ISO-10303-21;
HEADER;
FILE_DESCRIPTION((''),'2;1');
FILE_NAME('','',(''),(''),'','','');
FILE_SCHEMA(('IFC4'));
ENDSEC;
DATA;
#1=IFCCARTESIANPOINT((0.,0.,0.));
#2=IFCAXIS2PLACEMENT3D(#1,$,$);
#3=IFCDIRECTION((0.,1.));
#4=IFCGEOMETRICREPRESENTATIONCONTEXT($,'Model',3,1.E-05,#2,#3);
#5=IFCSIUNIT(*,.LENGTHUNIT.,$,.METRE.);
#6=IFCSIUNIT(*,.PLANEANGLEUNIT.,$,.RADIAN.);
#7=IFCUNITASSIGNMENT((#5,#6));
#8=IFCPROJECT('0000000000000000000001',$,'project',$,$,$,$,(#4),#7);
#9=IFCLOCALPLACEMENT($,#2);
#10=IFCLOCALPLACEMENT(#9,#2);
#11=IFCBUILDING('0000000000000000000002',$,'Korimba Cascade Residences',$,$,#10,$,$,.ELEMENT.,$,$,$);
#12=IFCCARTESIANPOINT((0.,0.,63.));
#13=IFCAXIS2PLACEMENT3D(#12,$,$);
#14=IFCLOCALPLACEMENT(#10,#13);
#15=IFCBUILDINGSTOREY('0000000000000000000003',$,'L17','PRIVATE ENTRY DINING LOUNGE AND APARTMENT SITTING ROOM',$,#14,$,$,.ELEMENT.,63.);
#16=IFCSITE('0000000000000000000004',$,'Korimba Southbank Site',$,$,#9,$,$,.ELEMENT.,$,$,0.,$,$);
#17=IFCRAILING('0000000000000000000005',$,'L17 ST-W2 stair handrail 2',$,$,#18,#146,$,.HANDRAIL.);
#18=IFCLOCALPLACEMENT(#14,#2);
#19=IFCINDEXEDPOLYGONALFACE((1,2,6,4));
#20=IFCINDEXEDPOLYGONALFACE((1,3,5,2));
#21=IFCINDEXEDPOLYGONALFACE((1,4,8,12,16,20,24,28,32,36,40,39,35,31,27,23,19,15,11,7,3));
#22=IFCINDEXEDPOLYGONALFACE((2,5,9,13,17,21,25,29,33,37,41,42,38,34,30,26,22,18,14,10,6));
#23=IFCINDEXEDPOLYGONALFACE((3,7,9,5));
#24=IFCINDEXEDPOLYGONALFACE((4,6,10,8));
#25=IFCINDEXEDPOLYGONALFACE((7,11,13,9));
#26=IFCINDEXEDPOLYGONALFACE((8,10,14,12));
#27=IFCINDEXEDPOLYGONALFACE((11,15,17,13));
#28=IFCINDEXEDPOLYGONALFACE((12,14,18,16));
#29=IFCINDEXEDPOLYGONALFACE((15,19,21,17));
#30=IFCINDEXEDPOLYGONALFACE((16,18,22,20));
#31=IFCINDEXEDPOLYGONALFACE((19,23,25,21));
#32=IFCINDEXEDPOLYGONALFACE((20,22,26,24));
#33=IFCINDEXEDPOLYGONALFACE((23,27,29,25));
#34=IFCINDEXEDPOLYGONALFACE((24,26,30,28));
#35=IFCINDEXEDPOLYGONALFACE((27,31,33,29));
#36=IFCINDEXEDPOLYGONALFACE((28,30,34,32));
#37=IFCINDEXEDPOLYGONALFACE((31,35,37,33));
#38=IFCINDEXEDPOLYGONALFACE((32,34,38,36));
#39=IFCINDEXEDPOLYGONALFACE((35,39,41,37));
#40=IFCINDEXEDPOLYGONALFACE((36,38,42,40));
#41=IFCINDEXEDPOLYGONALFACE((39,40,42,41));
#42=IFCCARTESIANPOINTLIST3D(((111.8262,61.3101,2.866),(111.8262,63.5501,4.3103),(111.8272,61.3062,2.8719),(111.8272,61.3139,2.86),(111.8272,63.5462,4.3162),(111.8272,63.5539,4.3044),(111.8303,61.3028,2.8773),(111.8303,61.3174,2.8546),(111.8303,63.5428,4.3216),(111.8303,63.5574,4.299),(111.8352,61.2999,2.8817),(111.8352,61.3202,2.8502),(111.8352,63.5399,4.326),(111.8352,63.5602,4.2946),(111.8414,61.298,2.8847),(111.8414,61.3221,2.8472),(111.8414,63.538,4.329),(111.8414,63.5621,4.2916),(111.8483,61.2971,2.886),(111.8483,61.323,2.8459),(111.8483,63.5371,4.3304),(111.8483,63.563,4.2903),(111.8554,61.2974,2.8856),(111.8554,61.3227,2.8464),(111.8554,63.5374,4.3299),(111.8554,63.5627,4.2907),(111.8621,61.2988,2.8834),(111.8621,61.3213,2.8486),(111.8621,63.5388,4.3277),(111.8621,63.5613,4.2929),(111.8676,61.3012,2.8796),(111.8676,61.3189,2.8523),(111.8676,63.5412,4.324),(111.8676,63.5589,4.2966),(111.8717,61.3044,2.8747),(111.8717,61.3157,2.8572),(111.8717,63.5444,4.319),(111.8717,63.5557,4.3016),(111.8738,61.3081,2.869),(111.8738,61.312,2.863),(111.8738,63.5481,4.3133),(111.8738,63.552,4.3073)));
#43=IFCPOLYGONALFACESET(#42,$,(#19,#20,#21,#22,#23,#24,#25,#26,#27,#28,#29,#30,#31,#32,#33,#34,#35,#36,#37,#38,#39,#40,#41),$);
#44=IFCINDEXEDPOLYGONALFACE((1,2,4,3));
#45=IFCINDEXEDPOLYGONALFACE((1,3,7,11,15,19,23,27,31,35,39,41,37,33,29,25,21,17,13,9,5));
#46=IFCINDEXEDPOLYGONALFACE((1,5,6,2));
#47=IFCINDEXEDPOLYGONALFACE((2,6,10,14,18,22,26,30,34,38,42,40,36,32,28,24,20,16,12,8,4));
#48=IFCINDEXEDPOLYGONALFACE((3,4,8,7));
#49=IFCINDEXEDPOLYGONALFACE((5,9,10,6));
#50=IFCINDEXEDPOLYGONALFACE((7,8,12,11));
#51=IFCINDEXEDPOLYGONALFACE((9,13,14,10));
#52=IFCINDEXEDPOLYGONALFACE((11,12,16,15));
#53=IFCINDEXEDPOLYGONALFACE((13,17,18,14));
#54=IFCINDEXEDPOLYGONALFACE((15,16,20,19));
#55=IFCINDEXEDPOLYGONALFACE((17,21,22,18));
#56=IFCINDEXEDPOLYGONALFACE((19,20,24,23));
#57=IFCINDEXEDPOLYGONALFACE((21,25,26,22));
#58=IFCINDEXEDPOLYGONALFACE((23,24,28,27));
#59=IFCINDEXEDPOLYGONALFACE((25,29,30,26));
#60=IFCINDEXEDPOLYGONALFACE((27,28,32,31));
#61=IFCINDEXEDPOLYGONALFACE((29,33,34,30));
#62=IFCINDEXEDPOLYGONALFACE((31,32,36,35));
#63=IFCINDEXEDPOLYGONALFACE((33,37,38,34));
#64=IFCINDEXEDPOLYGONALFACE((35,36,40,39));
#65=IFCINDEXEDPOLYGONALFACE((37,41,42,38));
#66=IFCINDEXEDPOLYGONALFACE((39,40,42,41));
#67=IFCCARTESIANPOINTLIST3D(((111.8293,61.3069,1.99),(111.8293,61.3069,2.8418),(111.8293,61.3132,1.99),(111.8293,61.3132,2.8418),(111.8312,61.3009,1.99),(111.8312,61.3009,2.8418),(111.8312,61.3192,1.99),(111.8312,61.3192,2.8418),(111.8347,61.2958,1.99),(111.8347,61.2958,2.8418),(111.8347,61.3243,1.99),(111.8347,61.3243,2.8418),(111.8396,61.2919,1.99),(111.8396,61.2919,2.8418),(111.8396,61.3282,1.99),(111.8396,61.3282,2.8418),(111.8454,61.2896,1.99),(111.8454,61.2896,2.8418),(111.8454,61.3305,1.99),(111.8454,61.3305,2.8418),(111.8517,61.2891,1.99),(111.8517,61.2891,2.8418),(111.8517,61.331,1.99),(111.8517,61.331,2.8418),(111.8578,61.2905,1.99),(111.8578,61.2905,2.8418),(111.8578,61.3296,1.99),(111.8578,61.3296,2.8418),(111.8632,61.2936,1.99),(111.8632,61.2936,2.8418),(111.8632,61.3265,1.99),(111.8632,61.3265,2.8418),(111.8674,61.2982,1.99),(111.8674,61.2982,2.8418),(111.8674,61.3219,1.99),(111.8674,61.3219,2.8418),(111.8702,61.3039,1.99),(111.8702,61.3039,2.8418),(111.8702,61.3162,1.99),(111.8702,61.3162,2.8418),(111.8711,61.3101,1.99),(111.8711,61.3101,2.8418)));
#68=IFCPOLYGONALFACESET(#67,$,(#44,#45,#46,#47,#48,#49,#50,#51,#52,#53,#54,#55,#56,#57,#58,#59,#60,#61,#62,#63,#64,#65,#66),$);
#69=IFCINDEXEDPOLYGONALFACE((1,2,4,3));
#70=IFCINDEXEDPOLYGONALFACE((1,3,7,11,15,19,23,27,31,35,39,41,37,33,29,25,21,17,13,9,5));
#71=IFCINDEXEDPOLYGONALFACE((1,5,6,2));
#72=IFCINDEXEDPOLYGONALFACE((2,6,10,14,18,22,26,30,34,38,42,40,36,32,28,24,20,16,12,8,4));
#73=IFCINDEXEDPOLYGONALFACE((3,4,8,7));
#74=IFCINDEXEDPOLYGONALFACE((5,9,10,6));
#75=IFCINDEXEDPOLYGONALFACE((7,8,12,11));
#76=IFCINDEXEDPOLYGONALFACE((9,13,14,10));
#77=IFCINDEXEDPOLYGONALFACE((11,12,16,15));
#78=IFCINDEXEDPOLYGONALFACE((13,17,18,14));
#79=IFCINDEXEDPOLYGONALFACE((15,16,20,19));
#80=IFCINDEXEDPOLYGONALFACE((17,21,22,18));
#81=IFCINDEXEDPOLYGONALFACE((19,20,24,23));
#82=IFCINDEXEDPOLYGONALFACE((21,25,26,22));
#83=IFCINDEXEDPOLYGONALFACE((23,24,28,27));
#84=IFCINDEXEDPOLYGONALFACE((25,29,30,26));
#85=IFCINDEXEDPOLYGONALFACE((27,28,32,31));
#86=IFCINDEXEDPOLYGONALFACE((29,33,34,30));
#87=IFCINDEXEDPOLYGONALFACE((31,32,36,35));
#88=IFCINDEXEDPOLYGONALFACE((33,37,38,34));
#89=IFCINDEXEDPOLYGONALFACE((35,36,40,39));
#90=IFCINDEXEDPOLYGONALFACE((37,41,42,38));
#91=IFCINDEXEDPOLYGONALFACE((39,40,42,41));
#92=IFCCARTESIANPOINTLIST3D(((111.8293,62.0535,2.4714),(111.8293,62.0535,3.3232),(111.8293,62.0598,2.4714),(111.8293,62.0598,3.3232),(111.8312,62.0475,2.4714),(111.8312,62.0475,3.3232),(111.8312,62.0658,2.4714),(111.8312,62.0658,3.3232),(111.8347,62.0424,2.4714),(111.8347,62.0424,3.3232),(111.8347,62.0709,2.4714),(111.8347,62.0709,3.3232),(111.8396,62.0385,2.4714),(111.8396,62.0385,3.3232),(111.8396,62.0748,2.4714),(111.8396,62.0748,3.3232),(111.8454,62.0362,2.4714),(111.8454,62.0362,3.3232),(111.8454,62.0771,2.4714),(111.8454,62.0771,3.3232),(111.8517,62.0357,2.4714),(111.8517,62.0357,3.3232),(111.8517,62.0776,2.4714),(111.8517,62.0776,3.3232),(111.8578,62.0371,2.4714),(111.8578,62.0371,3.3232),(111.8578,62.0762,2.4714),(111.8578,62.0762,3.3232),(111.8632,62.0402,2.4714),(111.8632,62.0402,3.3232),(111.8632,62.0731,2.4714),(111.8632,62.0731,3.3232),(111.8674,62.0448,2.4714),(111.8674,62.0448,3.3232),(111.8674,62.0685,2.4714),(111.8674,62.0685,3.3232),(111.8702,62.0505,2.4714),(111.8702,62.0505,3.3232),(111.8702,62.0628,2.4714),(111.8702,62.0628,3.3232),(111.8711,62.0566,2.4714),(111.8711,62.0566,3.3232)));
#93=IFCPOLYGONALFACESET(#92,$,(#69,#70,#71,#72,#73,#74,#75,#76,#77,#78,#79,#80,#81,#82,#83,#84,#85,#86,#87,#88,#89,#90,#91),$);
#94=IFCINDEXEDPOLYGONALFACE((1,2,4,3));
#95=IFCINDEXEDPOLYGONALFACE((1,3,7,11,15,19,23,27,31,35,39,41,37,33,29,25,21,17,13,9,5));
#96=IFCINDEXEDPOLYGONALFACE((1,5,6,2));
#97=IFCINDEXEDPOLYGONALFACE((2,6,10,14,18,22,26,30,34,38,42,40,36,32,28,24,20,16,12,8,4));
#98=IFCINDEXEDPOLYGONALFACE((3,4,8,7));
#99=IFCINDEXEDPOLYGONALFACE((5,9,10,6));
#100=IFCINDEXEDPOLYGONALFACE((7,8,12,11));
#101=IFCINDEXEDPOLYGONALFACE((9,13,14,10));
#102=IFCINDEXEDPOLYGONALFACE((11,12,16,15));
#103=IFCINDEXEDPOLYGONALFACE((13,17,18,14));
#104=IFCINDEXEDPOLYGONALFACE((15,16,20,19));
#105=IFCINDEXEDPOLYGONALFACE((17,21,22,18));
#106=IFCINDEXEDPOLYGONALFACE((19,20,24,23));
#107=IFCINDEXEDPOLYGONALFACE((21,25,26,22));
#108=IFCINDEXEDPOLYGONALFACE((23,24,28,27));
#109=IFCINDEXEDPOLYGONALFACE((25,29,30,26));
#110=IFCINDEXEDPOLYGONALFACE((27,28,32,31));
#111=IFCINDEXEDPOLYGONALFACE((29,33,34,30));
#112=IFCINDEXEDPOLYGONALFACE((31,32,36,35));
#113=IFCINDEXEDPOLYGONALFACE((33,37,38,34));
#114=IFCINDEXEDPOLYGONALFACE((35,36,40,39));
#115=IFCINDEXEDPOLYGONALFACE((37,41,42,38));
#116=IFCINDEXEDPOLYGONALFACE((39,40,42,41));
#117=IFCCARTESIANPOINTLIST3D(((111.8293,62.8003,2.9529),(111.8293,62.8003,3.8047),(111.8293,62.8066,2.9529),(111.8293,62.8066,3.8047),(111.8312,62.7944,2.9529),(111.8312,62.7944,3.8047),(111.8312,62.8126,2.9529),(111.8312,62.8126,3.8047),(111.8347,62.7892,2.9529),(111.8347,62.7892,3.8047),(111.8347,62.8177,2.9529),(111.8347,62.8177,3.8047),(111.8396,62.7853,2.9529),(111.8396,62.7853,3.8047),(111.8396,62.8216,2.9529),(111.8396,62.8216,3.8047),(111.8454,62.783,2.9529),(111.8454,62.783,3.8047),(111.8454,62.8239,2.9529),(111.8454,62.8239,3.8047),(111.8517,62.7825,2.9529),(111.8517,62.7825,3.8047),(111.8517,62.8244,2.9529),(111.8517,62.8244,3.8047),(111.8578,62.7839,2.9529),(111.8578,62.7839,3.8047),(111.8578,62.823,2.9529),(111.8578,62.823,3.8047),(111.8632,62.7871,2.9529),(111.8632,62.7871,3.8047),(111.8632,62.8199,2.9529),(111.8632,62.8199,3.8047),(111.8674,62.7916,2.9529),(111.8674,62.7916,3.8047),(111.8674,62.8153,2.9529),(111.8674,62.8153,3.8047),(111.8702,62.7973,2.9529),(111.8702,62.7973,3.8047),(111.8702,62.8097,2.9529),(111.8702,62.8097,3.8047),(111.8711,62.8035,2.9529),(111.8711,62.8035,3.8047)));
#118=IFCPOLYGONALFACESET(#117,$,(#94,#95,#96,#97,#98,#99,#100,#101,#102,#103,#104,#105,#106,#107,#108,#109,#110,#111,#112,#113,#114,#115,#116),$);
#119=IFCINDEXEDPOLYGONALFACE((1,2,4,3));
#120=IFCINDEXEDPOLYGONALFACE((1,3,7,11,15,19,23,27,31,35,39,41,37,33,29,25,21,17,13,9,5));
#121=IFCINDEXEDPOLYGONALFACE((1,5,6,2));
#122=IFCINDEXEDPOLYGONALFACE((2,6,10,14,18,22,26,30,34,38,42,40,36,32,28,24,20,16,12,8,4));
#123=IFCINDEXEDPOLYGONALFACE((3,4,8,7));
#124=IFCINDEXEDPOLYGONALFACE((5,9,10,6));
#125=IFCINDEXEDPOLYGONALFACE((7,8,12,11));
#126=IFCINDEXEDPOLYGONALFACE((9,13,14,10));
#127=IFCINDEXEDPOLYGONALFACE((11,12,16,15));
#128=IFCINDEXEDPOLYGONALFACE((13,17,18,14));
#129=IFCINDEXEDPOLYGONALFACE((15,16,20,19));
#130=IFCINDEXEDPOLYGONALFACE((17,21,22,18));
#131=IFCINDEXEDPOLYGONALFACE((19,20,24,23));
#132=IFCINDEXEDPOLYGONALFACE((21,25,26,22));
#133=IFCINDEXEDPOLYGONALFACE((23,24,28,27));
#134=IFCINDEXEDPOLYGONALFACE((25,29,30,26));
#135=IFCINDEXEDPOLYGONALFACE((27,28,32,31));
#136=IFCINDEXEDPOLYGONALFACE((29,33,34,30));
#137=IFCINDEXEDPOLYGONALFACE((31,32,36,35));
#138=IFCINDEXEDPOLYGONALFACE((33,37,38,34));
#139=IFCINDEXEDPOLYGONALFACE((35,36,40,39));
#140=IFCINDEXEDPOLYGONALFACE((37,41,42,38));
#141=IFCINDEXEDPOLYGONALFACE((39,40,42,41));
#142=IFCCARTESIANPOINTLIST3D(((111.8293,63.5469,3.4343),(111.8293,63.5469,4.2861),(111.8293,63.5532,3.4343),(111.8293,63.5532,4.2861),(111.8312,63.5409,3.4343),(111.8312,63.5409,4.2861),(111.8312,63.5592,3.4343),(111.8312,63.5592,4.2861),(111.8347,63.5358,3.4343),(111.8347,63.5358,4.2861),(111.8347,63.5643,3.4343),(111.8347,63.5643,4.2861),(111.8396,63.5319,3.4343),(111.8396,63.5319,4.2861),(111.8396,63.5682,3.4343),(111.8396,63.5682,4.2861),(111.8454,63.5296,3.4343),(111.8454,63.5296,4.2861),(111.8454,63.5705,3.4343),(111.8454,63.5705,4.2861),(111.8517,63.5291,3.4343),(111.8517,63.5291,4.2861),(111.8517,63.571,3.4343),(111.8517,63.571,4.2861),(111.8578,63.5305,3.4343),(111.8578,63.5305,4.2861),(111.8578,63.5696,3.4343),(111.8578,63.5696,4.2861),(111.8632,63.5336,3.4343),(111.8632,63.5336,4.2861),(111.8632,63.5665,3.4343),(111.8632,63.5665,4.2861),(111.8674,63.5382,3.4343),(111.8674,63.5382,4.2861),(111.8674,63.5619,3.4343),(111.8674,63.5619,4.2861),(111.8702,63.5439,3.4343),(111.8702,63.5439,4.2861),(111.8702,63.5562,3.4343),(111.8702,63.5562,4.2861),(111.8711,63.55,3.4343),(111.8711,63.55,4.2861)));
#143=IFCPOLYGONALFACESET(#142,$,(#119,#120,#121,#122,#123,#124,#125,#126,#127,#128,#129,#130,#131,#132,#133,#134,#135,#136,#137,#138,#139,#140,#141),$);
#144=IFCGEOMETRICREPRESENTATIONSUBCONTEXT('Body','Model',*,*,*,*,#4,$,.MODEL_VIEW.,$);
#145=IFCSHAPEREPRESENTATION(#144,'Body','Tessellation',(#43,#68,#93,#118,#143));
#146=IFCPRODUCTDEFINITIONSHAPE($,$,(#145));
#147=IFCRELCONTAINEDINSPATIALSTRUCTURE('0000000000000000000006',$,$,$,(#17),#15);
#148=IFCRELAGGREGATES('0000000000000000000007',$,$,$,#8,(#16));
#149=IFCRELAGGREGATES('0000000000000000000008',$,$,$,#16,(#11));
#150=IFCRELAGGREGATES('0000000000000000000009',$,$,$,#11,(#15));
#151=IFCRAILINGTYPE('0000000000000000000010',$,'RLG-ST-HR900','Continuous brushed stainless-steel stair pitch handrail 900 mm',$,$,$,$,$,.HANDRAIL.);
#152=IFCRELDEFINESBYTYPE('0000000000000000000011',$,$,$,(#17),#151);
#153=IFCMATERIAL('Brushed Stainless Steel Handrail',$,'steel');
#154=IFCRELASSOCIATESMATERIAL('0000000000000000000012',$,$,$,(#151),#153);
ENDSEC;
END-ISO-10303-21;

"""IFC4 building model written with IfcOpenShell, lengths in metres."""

from ifc_helpers import new_model, si_unit, direction, frame, origin, origin_2d, place, context, subcontext, project, spatial, circle, extrude, material, type_object, element, save


model = new_model("IFC4")

# Units and contexts
model_context = context("Model", 3, precision=1e-05, world=origin(), true_north=direction((0.0, 1.0)))
body_context = subcontext(model_context, "Body", "Model", "MODEL_VIEW")
ifc_project = project(units=[si_unit("LENGTHUNIT", "METRE"), si_unit("PLANEANGLEUNIT", "RADIAN")], contexts=[model_context])

# Site, building, storey
site_placement = place(None, origin())
site = spatial("IfcSite", under=ifc_project, at=site_placement, Name="Korimba Southbank Site", CompositionType="ELEMENT", RefElevation=0.0)
building_placement = place(site_placement, origin())
building = spatial("IfcBuilding", under=site, at=building_placement, Name="Korimba Cascade Residences", CompositionType="ELEMENT")
storey_placement = place(building_placement, frame((0.0, 0.0, 63.0)))
storey = spatial("IfcBuildingStorey", under=building, at=storey_placement, Name="L17", Description="PRIVATE ENTRY DINING LOUNGE AND APARTMENT SITTING ROOM", CompositionType="ELEMENT", Elevation=63.0)

# Railing
ifc_material_1 = material(Name="Brushed Stainless Steel Handrail", Category="steel")
railing_type_1 = type_object("IfcRailingType", Name="RLG-ST-HR900", Description="Continuous brushed stainless-steel stair pitch handrail 900 mm", PredefinedType="HANDRAIL", material=ifc_material_1)
railing_1_placement = place(storey_placement, frame((111.8501, 61.3101, 1.99)))
element("IfcRailing", 1, at=railing_1_placement, inside=storey, type_object=railing_type_1, Name="L17 ST-W2 stair handrail 2", PredefinedType="HANDRAIL", context=body_context, shape_type="SweptSolid", body=[
    extrude(circle(Radius=0.0239, at=origin_2d()), frame((0.0, 0.0, 0.876), z_axis=(0.0, 0.840437, 0.54191), x_axis=(-1.0, 0.0, 0.0)), (0.0, 0.0, 1.0), 2.6653),
    extrude(circle(Radius=0.021, at=origin_2d()), origin(), (0.0, 0.0, 1.0), 0.8518),
    extrude(circle(Radius=0.021, at=origin_2d()), frame((0.0, 0.7466, 0.4814)), (0.0, 0.0, 1.0), 0.8518),
    extrude(circle(Radius=0.021, at=origin_2d()), frame((0.0, 1.4934, 0.9629)), (0.0, 0.0, 1.0), 0.8518),
    extrude(circle(Radius=0.021, at=origin_2d()), frame((0.0, 2.24, 1.4443)), (0.0, 0.0, 1.0), 0.8518),
])

save(model, "model.ifc")
